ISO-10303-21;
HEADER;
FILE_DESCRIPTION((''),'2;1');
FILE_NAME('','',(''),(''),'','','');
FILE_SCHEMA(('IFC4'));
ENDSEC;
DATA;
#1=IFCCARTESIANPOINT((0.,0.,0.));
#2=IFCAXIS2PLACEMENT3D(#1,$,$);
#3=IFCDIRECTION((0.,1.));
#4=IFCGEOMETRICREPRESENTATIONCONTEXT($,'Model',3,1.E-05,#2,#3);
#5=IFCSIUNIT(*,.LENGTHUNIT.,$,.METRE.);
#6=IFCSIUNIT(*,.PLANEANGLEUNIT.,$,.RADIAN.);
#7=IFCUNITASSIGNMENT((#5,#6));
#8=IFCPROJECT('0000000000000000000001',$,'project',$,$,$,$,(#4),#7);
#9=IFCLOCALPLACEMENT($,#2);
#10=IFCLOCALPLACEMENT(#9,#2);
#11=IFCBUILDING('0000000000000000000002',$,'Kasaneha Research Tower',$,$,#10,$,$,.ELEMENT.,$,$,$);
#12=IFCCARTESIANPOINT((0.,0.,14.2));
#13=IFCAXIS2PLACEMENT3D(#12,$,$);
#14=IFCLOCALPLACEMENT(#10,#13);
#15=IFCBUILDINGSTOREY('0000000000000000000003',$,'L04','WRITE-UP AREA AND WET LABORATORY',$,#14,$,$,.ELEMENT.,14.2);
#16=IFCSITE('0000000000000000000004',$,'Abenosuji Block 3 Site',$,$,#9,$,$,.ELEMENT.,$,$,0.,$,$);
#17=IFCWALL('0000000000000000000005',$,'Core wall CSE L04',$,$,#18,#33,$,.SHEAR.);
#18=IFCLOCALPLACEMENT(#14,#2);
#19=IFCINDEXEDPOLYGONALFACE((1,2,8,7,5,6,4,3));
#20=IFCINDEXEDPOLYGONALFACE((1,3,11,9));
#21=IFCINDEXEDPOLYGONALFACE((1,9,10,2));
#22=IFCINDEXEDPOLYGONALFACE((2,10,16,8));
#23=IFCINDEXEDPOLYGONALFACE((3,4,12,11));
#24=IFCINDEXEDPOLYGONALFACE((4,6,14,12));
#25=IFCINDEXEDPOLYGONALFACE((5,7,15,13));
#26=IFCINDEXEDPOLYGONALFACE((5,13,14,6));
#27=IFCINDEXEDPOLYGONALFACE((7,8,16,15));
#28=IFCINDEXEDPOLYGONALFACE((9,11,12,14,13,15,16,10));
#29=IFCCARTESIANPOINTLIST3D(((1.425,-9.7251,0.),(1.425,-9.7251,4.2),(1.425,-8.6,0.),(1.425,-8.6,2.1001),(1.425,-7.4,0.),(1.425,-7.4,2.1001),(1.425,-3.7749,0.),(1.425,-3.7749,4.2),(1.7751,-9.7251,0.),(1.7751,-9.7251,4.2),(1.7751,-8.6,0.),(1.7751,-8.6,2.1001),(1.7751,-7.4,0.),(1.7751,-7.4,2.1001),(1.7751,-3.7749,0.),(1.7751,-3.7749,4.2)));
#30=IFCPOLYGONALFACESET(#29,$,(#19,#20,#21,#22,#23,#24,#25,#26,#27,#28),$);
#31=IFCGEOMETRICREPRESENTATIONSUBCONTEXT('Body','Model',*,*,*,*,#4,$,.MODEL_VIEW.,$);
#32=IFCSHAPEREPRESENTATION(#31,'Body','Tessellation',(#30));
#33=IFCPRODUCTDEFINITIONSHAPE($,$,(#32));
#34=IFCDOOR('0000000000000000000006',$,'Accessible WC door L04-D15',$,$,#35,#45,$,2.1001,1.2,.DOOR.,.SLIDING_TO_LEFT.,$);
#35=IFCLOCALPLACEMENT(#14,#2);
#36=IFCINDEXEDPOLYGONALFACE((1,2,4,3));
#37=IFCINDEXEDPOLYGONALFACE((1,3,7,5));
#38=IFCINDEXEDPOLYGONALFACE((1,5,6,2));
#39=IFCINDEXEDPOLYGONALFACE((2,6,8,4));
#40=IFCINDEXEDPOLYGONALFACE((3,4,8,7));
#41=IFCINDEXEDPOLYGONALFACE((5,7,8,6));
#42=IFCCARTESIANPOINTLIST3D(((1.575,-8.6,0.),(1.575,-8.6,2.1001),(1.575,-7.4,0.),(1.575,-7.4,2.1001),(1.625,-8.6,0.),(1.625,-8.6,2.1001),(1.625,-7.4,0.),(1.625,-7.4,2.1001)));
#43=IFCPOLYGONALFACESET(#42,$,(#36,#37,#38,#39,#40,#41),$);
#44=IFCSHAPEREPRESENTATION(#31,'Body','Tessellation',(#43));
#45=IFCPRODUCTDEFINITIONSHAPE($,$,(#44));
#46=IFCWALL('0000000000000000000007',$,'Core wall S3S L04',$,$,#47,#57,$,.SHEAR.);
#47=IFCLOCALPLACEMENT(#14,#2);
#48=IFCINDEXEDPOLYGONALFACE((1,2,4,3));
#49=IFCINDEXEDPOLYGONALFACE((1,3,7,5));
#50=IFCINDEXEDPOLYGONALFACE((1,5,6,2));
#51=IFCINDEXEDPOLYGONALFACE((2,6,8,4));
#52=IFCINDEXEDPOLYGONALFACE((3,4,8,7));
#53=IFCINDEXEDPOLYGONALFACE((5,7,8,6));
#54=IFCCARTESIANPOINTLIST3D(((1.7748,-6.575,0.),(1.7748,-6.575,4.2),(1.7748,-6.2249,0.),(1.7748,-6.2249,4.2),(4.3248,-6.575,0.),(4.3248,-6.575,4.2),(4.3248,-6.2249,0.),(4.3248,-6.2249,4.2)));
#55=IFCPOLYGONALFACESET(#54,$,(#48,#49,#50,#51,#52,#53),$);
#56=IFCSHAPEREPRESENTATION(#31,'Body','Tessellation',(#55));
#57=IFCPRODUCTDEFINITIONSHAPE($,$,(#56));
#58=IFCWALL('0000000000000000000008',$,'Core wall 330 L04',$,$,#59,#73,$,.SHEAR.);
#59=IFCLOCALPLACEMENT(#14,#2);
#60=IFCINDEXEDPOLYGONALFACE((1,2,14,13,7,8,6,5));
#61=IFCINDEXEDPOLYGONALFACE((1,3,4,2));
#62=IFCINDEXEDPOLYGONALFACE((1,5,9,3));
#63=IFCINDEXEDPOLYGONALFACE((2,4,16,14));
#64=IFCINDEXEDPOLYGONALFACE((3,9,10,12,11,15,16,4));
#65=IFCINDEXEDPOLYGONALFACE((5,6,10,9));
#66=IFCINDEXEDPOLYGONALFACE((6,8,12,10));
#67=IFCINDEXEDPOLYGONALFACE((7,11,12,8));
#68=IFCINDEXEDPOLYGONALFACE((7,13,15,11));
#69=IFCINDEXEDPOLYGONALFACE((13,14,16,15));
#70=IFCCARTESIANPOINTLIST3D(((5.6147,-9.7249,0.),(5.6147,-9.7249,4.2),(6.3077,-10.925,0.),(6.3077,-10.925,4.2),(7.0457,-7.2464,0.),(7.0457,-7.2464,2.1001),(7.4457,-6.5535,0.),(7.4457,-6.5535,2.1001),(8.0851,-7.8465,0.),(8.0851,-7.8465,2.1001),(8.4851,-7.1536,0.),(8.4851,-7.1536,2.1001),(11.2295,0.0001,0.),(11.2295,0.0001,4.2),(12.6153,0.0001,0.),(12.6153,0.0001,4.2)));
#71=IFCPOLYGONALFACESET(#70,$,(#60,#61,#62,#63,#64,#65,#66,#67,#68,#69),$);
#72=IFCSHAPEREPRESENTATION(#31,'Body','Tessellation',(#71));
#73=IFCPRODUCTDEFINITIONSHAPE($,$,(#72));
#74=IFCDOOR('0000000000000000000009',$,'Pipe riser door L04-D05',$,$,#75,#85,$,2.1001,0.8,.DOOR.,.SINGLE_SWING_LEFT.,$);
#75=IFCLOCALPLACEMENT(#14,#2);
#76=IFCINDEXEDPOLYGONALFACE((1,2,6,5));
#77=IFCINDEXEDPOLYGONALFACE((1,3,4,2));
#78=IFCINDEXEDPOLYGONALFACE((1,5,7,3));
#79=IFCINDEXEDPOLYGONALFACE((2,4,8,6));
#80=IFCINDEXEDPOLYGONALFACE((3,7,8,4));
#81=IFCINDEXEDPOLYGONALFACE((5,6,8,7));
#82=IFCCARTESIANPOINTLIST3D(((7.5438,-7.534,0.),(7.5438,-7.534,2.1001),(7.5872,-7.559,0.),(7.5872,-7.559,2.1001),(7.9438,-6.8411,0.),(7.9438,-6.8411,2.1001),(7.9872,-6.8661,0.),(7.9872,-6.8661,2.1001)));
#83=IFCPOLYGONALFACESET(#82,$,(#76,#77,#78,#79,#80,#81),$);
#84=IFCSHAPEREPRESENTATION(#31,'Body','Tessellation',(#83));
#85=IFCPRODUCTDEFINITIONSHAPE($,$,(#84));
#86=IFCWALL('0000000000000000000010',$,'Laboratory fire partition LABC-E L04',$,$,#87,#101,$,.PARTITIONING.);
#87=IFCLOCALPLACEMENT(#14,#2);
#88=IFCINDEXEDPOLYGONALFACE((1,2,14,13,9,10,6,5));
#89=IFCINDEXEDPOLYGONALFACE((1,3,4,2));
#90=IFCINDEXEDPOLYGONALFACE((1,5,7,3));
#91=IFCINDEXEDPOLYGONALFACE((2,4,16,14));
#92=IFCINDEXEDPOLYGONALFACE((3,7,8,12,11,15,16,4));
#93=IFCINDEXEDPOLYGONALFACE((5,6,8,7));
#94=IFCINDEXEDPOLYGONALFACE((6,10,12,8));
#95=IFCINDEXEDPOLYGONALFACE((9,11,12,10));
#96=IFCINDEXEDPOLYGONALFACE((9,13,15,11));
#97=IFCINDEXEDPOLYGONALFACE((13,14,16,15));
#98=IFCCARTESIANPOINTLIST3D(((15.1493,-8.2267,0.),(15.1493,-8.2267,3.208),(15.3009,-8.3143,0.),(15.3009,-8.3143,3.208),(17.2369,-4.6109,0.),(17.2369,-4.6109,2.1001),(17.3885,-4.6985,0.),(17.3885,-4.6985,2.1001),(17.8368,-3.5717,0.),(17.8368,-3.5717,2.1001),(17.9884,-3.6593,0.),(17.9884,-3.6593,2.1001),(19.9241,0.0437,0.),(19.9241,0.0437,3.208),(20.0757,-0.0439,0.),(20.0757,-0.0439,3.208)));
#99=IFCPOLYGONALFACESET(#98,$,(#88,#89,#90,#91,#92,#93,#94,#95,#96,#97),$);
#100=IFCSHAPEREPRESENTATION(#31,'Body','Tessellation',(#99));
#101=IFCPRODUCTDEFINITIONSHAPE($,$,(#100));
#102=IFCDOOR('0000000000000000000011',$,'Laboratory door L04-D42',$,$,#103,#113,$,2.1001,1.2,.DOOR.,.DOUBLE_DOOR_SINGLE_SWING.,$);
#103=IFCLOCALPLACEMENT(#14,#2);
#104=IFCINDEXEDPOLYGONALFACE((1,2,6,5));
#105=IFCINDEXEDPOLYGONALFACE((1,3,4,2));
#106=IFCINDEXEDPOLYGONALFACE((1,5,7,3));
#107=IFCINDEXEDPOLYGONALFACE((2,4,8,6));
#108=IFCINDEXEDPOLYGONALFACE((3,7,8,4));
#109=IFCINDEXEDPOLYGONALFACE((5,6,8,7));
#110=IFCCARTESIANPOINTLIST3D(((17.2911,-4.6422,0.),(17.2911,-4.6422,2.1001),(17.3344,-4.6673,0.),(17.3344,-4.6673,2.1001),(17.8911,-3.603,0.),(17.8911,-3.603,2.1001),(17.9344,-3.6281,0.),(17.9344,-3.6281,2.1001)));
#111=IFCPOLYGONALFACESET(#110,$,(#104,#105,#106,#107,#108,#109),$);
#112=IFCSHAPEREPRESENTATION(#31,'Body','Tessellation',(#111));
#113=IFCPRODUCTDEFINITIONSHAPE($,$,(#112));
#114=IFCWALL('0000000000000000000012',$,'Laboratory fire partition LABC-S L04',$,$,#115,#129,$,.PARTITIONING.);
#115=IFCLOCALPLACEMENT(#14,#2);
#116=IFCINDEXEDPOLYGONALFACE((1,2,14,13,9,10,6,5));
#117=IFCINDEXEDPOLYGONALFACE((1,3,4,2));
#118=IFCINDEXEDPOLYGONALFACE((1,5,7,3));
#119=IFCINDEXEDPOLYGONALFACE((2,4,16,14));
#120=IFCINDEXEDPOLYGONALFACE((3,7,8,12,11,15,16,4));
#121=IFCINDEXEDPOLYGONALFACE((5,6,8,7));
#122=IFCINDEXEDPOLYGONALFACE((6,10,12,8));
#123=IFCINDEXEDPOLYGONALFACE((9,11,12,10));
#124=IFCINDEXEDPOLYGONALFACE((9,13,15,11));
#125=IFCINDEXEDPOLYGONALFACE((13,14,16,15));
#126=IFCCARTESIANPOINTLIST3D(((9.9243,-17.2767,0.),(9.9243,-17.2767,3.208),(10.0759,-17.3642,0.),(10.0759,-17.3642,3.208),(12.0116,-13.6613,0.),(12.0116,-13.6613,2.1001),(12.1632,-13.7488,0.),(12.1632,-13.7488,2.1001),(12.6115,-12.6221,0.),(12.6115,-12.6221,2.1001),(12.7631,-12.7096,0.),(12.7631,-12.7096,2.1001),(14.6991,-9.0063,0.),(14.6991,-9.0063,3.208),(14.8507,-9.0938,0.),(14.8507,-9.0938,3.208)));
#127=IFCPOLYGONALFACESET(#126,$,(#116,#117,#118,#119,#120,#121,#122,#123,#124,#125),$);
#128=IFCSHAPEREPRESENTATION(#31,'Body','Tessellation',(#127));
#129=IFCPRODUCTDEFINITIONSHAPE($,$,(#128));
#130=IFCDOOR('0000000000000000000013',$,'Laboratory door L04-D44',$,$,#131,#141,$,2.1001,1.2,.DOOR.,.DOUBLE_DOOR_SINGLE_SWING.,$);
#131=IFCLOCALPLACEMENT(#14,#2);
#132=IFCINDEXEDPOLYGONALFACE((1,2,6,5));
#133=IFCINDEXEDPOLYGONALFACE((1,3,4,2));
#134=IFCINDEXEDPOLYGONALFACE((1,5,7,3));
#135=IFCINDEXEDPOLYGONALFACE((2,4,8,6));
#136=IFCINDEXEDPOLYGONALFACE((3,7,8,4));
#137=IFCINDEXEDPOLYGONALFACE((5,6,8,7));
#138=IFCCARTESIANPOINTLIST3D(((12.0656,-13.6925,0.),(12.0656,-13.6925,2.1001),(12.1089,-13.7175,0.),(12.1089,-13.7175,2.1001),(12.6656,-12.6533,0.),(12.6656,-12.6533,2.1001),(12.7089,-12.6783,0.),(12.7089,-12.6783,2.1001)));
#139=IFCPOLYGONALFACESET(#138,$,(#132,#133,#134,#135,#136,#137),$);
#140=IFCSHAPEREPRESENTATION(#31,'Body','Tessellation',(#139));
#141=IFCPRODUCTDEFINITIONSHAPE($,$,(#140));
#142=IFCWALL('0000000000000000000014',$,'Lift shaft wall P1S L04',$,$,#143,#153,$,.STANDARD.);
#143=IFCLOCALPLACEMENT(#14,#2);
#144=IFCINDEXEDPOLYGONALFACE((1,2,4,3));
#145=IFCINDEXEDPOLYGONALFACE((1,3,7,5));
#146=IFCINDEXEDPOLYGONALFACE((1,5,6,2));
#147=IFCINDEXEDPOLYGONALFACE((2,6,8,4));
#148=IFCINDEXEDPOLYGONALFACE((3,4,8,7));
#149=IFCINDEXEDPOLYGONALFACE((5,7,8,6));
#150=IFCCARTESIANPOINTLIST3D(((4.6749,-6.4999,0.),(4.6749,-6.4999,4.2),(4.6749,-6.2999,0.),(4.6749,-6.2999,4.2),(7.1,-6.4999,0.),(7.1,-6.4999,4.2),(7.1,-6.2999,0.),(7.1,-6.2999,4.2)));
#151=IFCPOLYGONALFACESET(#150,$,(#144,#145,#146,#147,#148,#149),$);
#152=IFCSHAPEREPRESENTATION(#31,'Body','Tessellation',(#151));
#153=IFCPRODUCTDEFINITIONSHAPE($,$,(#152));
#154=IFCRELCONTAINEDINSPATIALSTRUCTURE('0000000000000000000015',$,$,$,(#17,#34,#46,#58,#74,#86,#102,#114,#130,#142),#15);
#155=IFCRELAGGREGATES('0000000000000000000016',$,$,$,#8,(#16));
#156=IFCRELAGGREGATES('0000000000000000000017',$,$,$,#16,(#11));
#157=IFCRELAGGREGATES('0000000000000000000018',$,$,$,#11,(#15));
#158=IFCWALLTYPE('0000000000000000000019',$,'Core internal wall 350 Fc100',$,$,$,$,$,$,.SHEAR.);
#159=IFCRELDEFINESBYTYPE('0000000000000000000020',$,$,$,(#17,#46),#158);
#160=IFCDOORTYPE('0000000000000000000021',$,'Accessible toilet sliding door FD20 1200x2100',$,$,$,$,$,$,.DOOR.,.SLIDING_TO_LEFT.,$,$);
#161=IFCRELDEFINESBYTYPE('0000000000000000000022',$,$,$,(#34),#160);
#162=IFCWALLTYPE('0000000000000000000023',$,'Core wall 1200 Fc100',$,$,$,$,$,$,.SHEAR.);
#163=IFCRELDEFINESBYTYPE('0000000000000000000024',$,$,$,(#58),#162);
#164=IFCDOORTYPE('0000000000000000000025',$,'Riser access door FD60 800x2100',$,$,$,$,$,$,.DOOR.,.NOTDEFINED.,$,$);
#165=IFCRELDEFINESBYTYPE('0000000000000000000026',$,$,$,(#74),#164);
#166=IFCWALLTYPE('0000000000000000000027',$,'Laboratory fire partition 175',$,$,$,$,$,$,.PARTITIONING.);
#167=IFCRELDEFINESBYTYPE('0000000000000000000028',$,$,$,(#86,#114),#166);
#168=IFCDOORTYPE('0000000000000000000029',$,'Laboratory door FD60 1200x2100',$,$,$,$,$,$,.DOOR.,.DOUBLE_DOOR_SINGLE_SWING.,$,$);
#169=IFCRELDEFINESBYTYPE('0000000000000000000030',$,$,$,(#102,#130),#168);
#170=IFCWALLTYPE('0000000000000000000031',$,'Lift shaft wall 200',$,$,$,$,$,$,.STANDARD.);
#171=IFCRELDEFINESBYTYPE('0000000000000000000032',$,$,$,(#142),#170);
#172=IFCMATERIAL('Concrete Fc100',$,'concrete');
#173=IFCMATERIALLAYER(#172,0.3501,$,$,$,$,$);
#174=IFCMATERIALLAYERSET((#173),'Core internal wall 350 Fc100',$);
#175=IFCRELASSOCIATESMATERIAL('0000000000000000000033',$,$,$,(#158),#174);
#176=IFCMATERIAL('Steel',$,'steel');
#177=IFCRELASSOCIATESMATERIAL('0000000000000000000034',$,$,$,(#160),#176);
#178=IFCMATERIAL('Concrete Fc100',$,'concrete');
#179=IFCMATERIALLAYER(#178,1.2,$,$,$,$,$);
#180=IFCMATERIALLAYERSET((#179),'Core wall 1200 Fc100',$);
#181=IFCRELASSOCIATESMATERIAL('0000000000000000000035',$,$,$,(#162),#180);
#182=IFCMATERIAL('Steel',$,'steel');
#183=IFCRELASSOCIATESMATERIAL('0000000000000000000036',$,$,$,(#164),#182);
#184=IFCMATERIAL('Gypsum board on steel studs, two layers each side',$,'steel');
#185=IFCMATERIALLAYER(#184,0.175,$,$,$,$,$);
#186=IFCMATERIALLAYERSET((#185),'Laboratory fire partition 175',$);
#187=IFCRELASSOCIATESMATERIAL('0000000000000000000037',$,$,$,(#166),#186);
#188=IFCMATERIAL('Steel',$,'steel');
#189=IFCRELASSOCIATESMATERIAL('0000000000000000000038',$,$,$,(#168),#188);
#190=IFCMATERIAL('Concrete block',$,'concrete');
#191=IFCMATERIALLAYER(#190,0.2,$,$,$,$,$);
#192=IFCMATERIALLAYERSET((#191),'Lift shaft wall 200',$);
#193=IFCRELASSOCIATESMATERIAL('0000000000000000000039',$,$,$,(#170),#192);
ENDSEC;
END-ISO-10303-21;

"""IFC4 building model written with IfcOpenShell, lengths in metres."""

from ifc_helpers import new_model, si_unit, direction, frame, frame_2d, origin, place, context, subcontext, project, spatial, polyline, rectangle, outline, extrude, material, layer, layer_set, type_object, element, fill, save


model = new_model("IFC4")

# Units and contexts
model_context = context("Model", 3, precision=1e-05, world=origin(), true_north=direction((0.0, 1.0)))
body_context = subcontext(model_context, "Body", "Model", "MODEL_VIEW")
ifc_project = project(units=[si_unit("LENGTHUNIT", "METRE"), si_unit("PLANEANGLEUNIT", "RADIAN")], contexts=[model_context])

# Site, building, storey
site_placement = place(None, origin())
site = spatial("IfcSite", under=ifc_project, at=site_placement, Name="Abenosuji Block 3 Site", CompositionType="ELEMENT", RefElevation=0.0)
building_placement = place(site_placement, origin())
building = spatial("IfcBuilding", under=site, at=building_placement, Name="Kasaneha Research Tower", CompositionType="ELEMENT")
storey_placement = place(building_placement, frame((0.0, 0.0, 14.2)))
storey = spatial("IfcBuildingStorey", under=building, at=storey_placement, Name="L04", Description="WRITE-UP AREA AND WET LABORATORY", CompositionType="ELEMENT", Elevation=14.2)

# Wall, opening, door
ifc_material_1 = material(Name="Concrete Fc100", Category="concrete")
ifc_layer_1 = layer(ifc_material_1, 0.3501)
ifc_layer_set_1 = layer_set([ifc_layer_1], Name="Core internal wall 350 Fc100")
wall_type_1 = type_object("IfcWallType", Name="Core internal wall 350 Fc100", PredefinedType="SHEAR", material=ifc_layer_set_1)
wall_1_placement = place(storey_placement, frame((1.6001, -3.7749, 0.0), z_axis=(0.0, 0.0, 1.0), x_axis=(0.0, -1.0, 0.0)))
wall_1 = element("IfcWall", 1, at=wall_1_placement, inside=storey, type_object=wall_type_1, Name="Core wall CSE L04", PredefinedType="SHEAR", context=body_context, shape_type="SweptSolid", body=[
    extrude(rectangle(XDim=5.9502, YDim=0.3501, at=frame_2d((2.9751, 0.0))), origin(), (0.0, 0.0, 1.0), 4.2),
])
opening_1_placement = place(wall_1_placement, frame((3.625, 0.0, 0.0)))
opening_1 = element("IfcOpeningElement", 2, at=opening_1_placement, cuts=wall_1, PredefinedType="OPENING", context=body_context, shape_type="SweptSolid", body=[
    extrude(rectangle(XDim=1.2, YDim=2.1001, at=frame_2d((0.6001, 1.05))), frame((0.0, 0.1851, 0.0), z_axis=(0.0, -1.0, 0.0), x_axis=(1.0, 0.0, 0.0)), (0.0, 0.0, 1.0), 0.3701),
])
ifc_material_2 = material(Name="Steel", Category="steel")
door_type_1 = type_object("IfcDoorType", Name="Accessible toilet sliding door FD20 1200x2100", OperationType="SLIDING_TO_LEFT", PredefinedType="DOOR", material=ifc_material_2)
door_1_placement = place(opening_1_placement, origin())
door_1 = element("IfcDoor", 3, at=door_1_placement, inside=storey, type_object=door_type_1, Name="Accessible WC door L04-D15", OperationType="SLIDING_TO_LEFT", OverallHeight=2.1001, OverallWidth=1.2, PredefinedType="DOOR", context=body_context, shape_type="SweptSolid", body=[
    extrude(rectangle(XDim=1.2, YDim=2.1001, at=frame_2d((0.6001, 1.05))), frame((0.0, 0.0249, 0.0), z_axis=(0.0, -1.0, 0.0), x_axis=(1.0, 0.0, 0.0)), (0.0, 0.0, 1.0), 0.05),
])
fill(opening_1, door_1)

# Wall
wall_2_placement = place(storey_placement, frame((1.7749, -6.3999, 0.0), z_axis=(0.0, 0.0, 1.0), x_axis=(1.0, 0.0, 0.0)))
element("IfcWall", 4, at=wall_2_placement, inside=storey, type_object=wall_type_1, Name="Core wall S3S L04", PredefinedType="SHEAR", context=body_context, shape_type="SweptSolid", body=[
    extrude(rectangle(XDim=2.55, YDim=0.3501, at=frame_2d((1.2749, 0.0))), origin(), (0.0, 0.0, 1.0), 4.2),
])

# Walls, openings, doors
ifc_material_3 = material(Name="Concrete Fc100", Category="concrete")
ifc_layer_2 = layer(ifc_material_3, 1.2)
ifc_layer_set_2 = layer_set([ifc_layer_2], Name="Core wall 1200 Fc100")
wall_type_2 = type_object("IfcWallType", Name="Core wall 1200 Fc100", PredefinedType="SHEAR", material=ifc_layer_set_2)
wall_3_placement = place(storey_placement, frame((5.9612, -10.325, 0.0), z_axis=(0.0, 0.0, 1.0), x_axis=(0.500004, 0.866023, 0.0)))
wall_3 = element("IfcWall", 5, at=wall_3_placement, inside=storey, type_object=wall_type_2, Name="Core wall 330 L04", PredefinedType="SHEAR", context=body_context, shape_type="SweptSolid", body=[
    extrude(outline(polyline([(-0.3464, -0.6001), (3.2085, -0.6001), (4.0085, -0.6001), (12.2688, -0.6001), (11.5759, 0.6001), (4.0085, 0.6001), (3.2085, 0.6001), (0.3464, 0.6001), (-0.3464, -0.6001)])), origin(), (0.0, 0.0, 1.0), 4.2),
])
opening_2_placement = place(wall_3_placement, frame((3.2085, 0.0, 0.0)))
opening_2 = element("IfcOpeningElement", 6, at=opening_2_placement, cuts=wall_3, PredefinedType="OPENING", context=body_context, shape_type="SweptSolid", body=[
    extrude(rectangle(XDim=0.8, YDim=2.1001, at=frame_2d((0.3999, 1.05))), frame((0.0, 0.6099, 0.0), z_axis=(0.0, -1.0, 0.0), x_axis=(1.0, 0.0, 0.0)), (0.0, 0.0, 1.0), 1.22),
])
ifc_material_4 = material(Name="Steel", Category="steel")
door_type_2 = type_object("IfcDoorType", Name="Riser access door FD60 800x2100", OperationType="NOTDEFINED", PredefinedType="DOOR", material=ifc_material_4)
door_2_placement = place(opening_2_placement, origin())
door_2 = element("IfcDoor", 7, at=door_2_placement, inside=storey, type_object=door_type_2, Name="Pipe riser door L04-D05", OperationType="SINGLE_SWING_LEFT", OverallHeight=2.1001, OverallWidth=0.8, PredefinedType="DOOR", context=body_context, shape_type="SweptSolid", body=[
    extrude(rectangle(XDim=0.8, YDim=2.1001, at=frame_2d((0.3999, 1.05))), frame((0.0, 0.0249, 0.0), z_axis=(0.0, -1.0, 0.0), x_axis=(1.0, 0.0, 0.0)), (0.0, 0.0, 1.0), 0.05),
])
fill(opening_2, door_2)
ifc_material_5 = material(Name="Gypsum board on steel studs, two layers each side", Category="steel")
ifc_layer_3 = layer(ifc_material_5, 0.175)
ifc_layer_set_3 = layer_set([ifc_layer_3], Name="Laboratory fire partition 175")
wall_type_3 = type_object("IfcWallType", Name="Laboratory fire partition 175", PredefinedType="PARTITIONING", material=ifc_layer_set_3)
wall_4_placement = place(storey_placement, frame((15.2251, -8.2705, 0.0), z_axis=(0.0, 0.0, 1.0), x_axis=(0.499994, 0.866029, 0.0)))
wall_4 = element("IfcWall", 8, at=wall_4_placement, inside=storey, type_object=wall_type_3, Name="Laboratory fire partition LABC-E L04", PredefinedType="PARTITIONING", context=body_context, shape_type="SweptSolid", body=[
    extrude(rectangle(XDim=9.5498, YDim=0.175, at=frame_2d((4.7749, 0.0))), origin(), (0.0, 0.0, 1.0), 3.208),
])
opening_3_placement = place(wall_4_placement, frame((4.175, 0.0, 0.0)))
opening_3 = element("IfcOpeningElement", 9, at=opening_3_placement, cuts=wall_4, PredefinedType="OPENING", context=body_context, shape_type="SweptSolid", body=[
    extrude(rectangle(XDim=1.2, YDim=2.1001, at=frame_2d((0.6001, 1.05))), frame((0.0, 0.0977, 0.0), z_axis=(0.0, -1.0, 0.0), x_axis=(1.0, 0.0, 0.0)), (0.0, 0.0, 1.0), 0.1951),
])
ifc_material_6 = material(Name="Steel", Category="steel")
door_type_3 = type_object("IfcDoorType", Name="Laboratory door FD60 1200x2100", OperationType="DOUBLE_DOOR_SINGLE_SWING", PredefinedType="DOOR", material=ifc_material_6)
door_3_placement = place(opening_3_placement, origin())
door_3 = element("IfcDoor", 10, at=door_3_placement, inside=storey, type_object=door_type_3, Name="Laboratory door L04-D42", OperationType="DOUBLE_DOOR_SINGLE_SWING", OverallHeight=2.1001, OverallWidth=1.2, PredefinedType="DOOR", context=body_context, shape_type="SweptSolid", body=[
    extrude(rectangle(XDim=1.2, YDim=2.1001, at=frame_2d((0.6001, 1.05))), frame((0.0, 0.0249, 0.0), z_axis=(0.0, -1.0, 0.0), x_axis=(1.0, 0.0, 0.0)), (0.0, 0.0, 1.0), 0.05),
])
fill(opening_3, door_3)
wall_5_placement = place(storey_placement, frame((14.7749, -9.05, 0.0), z_axis=(0.0, 0.0, 1.0), x_axis=(-0.499994, -0.866029, 0.0)))
wall_5 = element("IfcWall", 11, at=wall_5_placement, inside=storey, type_object=wall_type_3, Name="Laboratory fire partition LABC-S L04", PredefinedType="PARTITIONING", context=body_context, shape_type="SweptSolid", body=[
    extrude(rectangle(XDim=9.5498, YDim=0.175, at=frame_2d((4.7749, 0.0))), origin(), (0.0, 0.0, 1.0), 3.208),
])
opening_4_placement = place(wall_5_placement, frame((4.175, 0.0, 0.0)))
opening_4 = element("IfcOpeningElement", 12, at=opening_4_placement, cuts=wall_5, PredefinedType="OPENING", context=body_context, shape_type="SweptSolid", body=[
    extrude(rectangle(XDim=1.2, YDim=2.1001, at=frame_2d((0.6001, 1.05))), frame((0.0, 0.0977, 0.0), z_axis=(0.0, -1.0, 0.0), x_axis=(1.0, 0.0, 0.0)), (0.0, 0.0, 1.0), 0.1951),
])
door_4_placement = place(opening_4_placement, origin())
door_4 = element("IfcDoor", 13, at=door_4_placement, inside=storey, type_object=door_type_3, Name="Laboratory door L04-D44", OperationType="DOUBLE_DOOR_SINGLE_SWING", OverallHeight=2.1001, OverallWidth=1.2, PredefinedType="DOOR", context=body_context, shape_type="SweptSolid", body=[
    extrude(rectangle(XDim=1.2, YDim=2.1001, at=frame_2d((0.6001, 1.05))), frame((0.0, 0.0249, 0.0), z_axis=(0.0, -1.0, 0.0), x_axis=(1.0, 0.0, 0.0)), (0.0, 0.0, 1.0), 0.05),
])
fill(opening_4, door_4)

# Wall
ifc_material_7 = material(Name="Concrete block", Category="concrete")
ifc_layer_4 = layer(ifc_material_7, 0.2)
ifc_layer_set_4 = layer_set([ifc_layer_4], Name="Lift shaft wall 200")
wall_type_4 = type_object("IfcWallType", Name="Lift shaft wall 200", PredefinedType="STANDARD", material=ifc_layer_set_4)
wall_6_placement = place(storey_placement, frame((4.675, -6.3999, 0.0), z_axis=(0.0, 0.0, 1.0), x_axis=(1.0, 0.0, 0.0)))
element("IfcWall", 14, at=wall_6_placement, inside=storey, type_object=wall_type_4, Name="Lift shaft wall P1S L04", PredefinedType="STANDARD", context=body_context, shape_type="SweptSolid", body=[
    extrude(rectangle(XDim=2.425, YDim=0.2, at=frame_2d((1.2124, 0.0))), origin(), (0.0, 0.0, 1.0), 4.2),
])

save(model, "model.ifc")
